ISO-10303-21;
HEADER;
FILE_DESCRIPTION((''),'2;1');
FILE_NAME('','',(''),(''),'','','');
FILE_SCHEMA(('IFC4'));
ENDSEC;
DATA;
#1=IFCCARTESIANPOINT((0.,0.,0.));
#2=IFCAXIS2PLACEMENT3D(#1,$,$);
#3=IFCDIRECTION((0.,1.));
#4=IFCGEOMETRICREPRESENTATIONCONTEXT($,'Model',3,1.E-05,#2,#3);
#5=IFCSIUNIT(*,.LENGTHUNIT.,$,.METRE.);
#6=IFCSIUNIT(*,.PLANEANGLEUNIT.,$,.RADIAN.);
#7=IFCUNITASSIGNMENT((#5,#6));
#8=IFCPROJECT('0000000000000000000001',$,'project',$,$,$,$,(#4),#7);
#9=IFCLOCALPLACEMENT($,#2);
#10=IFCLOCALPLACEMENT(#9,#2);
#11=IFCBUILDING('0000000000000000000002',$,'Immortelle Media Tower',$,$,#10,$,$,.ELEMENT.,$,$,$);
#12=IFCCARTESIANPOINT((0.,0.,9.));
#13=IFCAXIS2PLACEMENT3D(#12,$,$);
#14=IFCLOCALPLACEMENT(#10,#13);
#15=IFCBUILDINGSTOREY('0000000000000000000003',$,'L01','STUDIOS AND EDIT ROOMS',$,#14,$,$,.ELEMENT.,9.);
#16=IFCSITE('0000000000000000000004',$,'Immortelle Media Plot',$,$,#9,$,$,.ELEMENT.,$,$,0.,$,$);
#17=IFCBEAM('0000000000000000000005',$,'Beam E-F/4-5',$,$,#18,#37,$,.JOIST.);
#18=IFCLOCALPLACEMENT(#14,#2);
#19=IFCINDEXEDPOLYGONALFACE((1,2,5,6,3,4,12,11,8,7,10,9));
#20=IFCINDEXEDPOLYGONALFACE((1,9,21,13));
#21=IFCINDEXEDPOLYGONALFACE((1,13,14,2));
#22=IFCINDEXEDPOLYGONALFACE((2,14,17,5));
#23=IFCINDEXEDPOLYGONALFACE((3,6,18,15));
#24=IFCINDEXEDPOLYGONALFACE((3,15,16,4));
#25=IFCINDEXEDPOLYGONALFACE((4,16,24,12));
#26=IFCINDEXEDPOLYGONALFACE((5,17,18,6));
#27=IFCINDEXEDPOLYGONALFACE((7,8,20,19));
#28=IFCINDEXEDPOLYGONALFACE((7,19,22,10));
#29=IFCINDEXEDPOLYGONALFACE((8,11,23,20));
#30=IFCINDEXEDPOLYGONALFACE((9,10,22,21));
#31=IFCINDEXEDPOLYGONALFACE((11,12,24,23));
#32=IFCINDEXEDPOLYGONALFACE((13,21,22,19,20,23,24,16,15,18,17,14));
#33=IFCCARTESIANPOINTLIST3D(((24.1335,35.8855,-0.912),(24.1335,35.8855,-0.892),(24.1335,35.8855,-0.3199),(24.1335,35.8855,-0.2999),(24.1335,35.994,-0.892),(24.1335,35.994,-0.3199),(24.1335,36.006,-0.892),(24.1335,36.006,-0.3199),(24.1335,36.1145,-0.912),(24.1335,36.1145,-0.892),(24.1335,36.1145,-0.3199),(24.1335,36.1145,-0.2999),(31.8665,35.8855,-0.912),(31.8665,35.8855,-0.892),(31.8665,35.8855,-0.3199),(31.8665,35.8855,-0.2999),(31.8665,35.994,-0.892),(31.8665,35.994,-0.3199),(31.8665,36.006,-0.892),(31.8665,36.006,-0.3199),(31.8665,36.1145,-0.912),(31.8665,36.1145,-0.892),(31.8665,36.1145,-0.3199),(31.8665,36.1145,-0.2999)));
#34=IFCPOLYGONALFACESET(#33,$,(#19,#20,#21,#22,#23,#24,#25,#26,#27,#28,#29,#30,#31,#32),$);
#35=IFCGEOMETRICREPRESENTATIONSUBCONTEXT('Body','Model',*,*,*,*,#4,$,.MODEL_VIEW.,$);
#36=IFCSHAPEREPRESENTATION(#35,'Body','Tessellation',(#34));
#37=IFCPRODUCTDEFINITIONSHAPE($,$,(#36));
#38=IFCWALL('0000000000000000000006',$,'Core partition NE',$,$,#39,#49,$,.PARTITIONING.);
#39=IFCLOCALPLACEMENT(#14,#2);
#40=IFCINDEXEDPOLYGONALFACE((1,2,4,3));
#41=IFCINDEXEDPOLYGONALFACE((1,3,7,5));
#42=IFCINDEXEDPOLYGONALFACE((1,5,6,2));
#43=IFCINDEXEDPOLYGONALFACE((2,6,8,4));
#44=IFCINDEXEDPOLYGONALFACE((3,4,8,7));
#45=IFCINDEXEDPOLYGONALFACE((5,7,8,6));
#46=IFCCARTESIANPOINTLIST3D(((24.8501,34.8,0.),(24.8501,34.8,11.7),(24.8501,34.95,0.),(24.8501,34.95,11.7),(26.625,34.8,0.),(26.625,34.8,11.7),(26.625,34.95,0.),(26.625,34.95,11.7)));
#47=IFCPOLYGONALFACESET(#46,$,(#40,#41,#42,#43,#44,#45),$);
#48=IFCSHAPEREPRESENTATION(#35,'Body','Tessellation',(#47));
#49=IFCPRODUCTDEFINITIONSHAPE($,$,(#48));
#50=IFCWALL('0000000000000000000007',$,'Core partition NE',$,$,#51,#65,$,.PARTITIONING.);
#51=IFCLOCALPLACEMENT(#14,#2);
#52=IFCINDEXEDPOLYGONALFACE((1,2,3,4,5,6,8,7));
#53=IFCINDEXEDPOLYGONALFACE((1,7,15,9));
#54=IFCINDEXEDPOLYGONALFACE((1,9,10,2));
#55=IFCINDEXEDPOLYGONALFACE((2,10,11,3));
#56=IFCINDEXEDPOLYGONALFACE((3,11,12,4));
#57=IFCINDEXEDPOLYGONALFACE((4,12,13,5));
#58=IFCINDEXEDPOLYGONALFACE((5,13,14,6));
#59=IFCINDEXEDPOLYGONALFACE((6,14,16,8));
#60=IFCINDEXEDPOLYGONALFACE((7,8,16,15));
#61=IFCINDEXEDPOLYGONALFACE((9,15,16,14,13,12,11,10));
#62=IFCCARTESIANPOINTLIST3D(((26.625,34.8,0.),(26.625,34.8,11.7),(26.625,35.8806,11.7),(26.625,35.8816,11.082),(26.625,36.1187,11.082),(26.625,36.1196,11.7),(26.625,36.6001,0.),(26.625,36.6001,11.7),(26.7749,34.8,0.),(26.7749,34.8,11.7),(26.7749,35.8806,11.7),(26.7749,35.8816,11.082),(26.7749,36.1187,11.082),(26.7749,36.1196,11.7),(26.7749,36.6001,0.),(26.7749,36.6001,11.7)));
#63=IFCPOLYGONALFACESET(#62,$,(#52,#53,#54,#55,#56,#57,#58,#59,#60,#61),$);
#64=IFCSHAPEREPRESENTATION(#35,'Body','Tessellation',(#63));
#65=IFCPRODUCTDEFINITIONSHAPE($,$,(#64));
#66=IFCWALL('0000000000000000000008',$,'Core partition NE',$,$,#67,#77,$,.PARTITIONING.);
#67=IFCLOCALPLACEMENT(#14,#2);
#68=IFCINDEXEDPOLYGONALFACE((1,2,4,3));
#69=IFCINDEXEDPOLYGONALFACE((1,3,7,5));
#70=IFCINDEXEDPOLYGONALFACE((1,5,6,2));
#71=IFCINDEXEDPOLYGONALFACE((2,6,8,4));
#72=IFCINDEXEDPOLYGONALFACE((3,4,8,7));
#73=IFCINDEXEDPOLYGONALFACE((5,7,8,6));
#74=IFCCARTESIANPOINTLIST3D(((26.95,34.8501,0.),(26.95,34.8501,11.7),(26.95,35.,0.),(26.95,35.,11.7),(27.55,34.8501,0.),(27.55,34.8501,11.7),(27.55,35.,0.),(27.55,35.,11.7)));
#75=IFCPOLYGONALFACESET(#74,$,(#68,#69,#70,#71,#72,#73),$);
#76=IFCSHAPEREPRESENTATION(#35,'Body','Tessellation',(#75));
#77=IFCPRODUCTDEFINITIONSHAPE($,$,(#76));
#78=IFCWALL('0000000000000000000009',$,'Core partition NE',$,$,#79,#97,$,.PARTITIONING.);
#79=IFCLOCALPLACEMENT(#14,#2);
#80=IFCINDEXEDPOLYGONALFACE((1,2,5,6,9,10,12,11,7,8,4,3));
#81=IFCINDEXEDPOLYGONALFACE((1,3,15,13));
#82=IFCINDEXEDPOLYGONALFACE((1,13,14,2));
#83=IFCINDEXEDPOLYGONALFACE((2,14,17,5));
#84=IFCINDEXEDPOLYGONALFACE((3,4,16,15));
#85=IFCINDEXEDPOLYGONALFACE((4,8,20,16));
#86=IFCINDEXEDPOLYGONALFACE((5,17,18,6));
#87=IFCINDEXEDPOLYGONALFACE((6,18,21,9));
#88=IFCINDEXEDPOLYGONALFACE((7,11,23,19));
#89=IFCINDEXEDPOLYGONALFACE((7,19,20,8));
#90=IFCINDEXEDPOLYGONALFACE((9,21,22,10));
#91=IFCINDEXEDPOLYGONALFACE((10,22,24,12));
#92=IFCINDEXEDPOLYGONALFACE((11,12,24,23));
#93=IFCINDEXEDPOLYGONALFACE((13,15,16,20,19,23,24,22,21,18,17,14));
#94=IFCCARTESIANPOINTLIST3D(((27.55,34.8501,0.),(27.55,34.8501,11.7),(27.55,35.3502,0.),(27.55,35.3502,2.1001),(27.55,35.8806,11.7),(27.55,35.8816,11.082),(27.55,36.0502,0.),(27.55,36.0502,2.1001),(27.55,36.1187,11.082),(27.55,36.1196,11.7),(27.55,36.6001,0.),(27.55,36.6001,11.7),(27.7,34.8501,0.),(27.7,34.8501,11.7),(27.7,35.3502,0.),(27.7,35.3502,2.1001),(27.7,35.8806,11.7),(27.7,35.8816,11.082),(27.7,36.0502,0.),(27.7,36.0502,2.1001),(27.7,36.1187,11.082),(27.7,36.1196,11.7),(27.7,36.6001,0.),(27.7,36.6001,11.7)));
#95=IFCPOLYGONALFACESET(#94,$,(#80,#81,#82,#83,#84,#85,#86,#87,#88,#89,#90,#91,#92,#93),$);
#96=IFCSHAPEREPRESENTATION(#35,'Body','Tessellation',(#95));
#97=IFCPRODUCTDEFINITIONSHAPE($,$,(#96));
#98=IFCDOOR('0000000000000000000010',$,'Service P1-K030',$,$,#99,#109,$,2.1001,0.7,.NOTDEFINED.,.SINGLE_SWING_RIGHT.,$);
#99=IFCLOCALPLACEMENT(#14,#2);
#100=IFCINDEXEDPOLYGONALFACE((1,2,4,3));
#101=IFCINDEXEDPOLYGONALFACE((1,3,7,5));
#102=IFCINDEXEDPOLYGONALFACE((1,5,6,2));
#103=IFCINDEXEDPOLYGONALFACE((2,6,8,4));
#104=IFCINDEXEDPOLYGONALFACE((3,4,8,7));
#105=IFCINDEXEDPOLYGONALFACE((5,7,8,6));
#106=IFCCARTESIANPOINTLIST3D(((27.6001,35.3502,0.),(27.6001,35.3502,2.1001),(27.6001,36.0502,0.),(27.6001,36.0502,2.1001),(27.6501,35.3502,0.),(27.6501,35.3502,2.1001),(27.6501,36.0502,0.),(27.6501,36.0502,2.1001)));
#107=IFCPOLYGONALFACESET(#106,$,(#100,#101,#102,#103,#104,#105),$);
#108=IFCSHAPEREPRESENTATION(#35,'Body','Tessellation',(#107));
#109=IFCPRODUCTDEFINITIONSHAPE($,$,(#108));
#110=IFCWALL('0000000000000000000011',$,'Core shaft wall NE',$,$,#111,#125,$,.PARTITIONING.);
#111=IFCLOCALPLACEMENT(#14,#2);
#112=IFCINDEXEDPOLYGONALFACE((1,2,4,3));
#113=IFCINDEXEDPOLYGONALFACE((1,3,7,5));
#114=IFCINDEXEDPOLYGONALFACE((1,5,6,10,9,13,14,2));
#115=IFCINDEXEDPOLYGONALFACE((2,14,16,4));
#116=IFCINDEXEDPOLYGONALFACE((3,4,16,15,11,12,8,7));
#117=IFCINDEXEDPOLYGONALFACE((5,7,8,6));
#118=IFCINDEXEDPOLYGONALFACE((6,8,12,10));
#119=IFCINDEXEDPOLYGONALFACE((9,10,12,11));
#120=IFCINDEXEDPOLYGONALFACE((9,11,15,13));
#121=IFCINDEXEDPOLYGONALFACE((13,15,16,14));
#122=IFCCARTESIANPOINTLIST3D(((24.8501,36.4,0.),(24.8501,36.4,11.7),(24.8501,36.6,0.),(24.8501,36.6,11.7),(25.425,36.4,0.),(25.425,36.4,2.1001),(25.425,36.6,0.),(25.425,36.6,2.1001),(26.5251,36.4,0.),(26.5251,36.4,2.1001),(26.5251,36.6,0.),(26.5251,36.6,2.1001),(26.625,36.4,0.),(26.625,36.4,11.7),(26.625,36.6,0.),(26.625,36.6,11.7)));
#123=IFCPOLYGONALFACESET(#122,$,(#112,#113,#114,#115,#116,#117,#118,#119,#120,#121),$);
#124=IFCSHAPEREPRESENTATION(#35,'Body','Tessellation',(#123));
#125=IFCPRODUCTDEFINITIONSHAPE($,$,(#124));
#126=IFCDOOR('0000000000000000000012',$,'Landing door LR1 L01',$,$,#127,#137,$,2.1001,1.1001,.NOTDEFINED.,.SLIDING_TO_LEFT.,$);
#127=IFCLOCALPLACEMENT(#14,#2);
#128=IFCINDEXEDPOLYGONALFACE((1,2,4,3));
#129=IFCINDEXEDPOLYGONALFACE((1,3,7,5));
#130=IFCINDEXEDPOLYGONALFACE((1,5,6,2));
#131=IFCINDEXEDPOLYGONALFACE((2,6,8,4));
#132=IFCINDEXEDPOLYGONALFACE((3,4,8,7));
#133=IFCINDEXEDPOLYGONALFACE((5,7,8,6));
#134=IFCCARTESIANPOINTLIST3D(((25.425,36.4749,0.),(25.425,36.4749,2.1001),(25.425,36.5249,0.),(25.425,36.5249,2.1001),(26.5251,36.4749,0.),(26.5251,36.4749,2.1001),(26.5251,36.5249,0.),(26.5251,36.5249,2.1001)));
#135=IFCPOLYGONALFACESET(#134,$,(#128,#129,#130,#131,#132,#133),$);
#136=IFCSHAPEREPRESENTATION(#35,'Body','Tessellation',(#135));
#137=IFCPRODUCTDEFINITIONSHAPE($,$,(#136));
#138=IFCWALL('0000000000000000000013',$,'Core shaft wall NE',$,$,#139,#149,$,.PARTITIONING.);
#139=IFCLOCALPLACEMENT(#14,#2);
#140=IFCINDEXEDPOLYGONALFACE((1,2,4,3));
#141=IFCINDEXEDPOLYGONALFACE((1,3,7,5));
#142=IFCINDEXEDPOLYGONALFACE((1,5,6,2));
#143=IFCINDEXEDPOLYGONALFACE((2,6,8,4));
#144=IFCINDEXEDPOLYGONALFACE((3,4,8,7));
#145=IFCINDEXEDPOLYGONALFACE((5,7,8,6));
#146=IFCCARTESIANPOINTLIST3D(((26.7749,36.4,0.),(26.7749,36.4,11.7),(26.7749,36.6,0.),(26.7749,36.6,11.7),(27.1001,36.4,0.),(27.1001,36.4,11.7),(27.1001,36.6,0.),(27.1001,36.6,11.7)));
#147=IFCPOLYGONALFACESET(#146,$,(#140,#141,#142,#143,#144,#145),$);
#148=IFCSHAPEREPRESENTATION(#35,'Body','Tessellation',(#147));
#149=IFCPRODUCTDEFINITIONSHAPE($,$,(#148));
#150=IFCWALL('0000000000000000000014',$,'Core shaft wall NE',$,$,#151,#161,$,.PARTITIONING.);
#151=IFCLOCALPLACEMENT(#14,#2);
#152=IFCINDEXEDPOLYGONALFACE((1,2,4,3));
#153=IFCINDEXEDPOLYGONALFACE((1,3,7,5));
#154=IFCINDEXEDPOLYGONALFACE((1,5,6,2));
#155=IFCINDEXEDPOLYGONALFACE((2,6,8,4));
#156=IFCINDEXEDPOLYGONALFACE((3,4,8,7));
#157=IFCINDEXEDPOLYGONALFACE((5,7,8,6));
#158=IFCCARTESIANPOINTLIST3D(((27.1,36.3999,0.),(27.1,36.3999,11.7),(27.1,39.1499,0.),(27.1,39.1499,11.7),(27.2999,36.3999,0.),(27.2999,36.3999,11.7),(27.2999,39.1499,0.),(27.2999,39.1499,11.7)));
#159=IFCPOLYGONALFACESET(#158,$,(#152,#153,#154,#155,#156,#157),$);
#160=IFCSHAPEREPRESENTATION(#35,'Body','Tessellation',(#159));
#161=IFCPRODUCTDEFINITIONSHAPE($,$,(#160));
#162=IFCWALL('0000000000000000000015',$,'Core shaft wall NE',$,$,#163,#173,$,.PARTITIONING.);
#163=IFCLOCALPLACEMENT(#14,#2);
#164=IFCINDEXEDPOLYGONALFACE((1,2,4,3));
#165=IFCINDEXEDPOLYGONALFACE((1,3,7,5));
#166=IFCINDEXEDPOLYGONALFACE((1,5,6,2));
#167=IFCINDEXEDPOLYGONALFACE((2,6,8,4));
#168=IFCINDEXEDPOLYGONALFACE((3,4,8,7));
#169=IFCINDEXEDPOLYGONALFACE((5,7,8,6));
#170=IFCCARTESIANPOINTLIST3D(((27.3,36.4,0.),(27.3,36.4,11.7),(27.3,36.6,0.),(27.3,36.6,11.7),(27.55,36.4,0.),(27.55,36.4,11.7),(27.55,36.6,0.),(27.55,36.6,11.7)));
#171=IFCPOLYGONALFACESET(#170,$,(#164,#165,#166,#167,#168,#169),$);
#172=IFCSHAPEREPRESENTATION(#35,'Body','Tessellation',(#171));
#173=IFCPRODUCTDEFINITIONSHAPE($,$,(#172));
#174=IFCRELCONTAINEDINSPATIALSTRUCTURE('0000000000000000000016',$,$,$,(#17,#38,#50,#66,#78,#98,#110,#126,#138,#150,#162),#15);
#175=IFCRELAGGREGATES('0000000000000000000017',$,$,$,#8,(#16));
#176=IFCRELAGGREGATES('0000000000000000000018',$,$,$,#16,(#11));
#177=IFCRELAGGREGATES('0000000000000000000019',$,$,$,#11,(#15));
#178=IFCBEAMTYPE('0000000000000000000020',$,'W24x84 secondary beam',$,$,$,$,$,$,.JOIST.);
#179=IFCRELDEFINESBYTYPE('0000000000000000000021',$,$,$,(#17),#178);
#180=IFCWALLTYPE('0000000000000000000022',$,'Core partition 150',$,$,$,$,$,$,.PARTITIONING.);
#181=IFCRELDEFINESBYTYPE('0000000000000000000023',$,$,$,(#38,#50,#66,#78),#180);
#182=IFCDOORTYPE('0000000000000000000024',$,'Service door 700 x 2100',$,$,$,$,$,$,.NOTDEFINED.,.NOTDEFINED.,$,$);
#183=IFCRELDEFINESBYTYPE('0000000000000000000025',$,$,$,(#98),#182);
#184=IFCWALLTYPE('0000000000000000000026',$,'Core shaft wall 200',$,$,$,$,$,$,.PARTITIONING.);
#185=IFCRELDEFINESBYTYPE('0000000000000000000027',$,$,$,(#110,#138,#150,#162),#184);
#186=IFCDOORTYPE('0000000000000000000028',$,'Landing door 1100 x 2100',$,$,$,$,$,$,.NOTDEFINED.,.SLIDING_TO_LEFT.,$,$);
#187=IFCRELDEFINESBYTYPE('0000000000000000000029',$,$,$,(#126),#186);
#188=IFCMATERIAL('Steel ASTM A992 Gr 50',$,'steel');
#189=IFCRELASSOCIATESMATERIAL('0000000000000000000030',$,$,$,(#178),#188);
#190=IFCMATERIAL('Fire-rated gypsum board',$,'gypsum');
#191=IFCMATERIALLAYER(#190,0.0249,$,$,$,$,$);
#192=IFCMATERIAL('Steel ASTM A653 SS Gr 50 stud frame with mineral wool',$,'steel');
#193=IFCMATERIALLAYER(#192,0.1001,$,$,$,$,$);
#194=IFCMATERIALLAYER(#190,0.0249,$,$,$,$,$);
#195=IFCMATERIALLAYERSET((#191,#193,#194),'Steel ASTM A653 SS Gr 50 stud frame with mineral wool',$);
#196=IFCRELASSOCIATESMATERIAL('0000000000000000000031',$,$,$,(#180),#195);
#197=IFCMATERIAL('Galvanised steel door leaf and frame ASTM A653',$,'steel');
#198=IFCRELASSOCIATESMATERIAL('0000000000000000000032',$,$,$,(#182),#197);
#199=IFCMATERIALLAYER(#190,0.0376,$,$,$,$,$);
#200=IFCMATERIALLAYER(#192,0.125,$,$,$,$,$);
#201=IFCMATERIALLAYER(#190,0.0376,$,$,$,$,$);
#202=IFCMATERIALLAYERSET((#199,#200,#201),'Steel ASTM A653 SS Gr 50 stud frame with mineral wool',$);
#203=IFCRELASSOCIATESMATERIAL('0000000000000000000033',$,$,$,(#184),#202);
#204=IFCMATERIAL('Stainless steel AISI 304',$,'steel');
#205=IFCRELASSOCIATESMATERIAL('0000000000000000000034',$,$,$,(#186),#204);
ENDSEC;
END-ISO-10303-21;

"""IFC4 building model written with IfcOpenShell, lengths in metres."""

from ifc_helpers import new_model, si_unit, direction, frame, frame_2d, origin, origin_2d, place, context, subcontext, project, spatial, polyline, rectangle, i_section, outline, extrude, material, layer, layer_set, material_profile, profile_set, type_object, element, fill, save


model = new_model("IFC4")

# Units and contexts
model_context = context("Model", 3, precision=1e-05, world=origin(), true_north=direction((0.0, 1.0)))
body_context = subcontext(model_context, "Body", "Model", "MODEL_VIEW")
ifc_project = project(units=[si_unit("LENGTHUNIT", "METRE"), si_unit("PLANEANGLEUNIT", "RADIAN")], contexts=[model_context])

# Site, building, storey
site_placement = place(None, origin())
site = spatial("IfcSite", under=ifc_project, at=site_placement, Name="Immortelle Media Plot", CompositionType="ELEMENT", RefElevation=0.0)
building_placement = place(site_placement, origin())
building = spatial("IfcBuilding", under=site, at=building_placement, Name="Immortelle Media Tower", CompositionType="ELEMENT")
storey_placement = place(building_placement, frame((0.0, 0.0, 9.0)))
storey = spatial("IfcBuildingStorey", under=building, at=storey_placement, Name="L01", Description="STUDIOS AND EDIT ROOMS", CompositionType="ELEMENT", Elevation=9.0)

# Beam
ifc_material_1 = material(Name="Steel ASTM A992 Gr 50", Category="steel")
ifc_material_profile = material_profile(ifc_material_1, i_section(OverallWidth=0.229, OverallDepth=0.6121, WebThickness=0.012, FlangeThickness=0.02, at=origin_2d()), Name="W24x84")
ifc_profile_set = profile_set([ifc_material_profile], Name="Steel ASTM A992 Gr 50")
beam_type = type_object("IfcBeamType", Name="W24x84 secondary beam", PredefinedType="JOIST", material=ifc_profile_set)
beam_placement = place(storey_placement, frame((24.1335, 36.0, -0.606), z_axis=(1.0, 0.0, 0.0), x_axis=(0.0, 1.0, 0.0)))
element("IfcBeam", 1, at=beam_placement, inside=storey, type_object=beam_type, Name="Beam E-F/4-5", PredefinedType="JOIST", context=body_context, shape_type="SweptSolid", body=[
    extrude(i_section(OverallWidth=0.229, OverallDepth=0.6121, WebThickness=0.012, FlangeThickness=0.02, at=origin_2d()), origin(), (0.0, 0.0, 1.0), 7.7329),
])

# Walls
ifc_material_2 = material(Name="Fire-rated gypsum board", Category="gypsum")
ifc_layer_1 = layer(ifc_material_2, 0.0249)
ifc_material_3 = material(Name="Steel ASTM A653 SS Gr 50 stud frame with mineral wool", Category="steel")
ifc_layer_2 = layer(ifc_material_3, 0.1001)
ifc_layer_3 = layer(ifc_material_2, 0.0249)
ifc_layer_set_1 = layer_set([ifc_layer_1, ifc_layer_2, ifc_layer_3], Name="Steel ASTM A653 SS Gr 50 stud frame with mineral wool")
wall_type_1 = type_object("IfcWallType", Name="Core partition 150", PredefinedType="PARTITIONING", material=ifc_layer_set_1)
wall_1_placement = place(storey_placement, frame((24.8501, 34.875, 0.0), z_axis=(0.0, 0.0, 1.0), x_axis=(1.0, 0.0, 0.0)))
element("IfcWall", 2, at=wall_1_placement, inside=storey, type_object=wall_type_1, Name="Core partition NE", PredefinedType="PARTITIONING", context=body_context, shape_type="SweptSolid", body=[
    extrude(rectangle(XDim=1.7749, YDim=0.1499, at=frame_2d((0.8875, 0.0))), origin(), (0.0, 0.0, 1.0), 11.7),
])
wall_2_placement = place(storey_placement, frame((26.7, 34.8, 0.0), z_axis=(0.0, 0.0, 1.0), x_axis=(0.0, 1.0, 0.0)))
element("IfcWall", 3, at=wall_2_placement, inside=storey, type_object=wall_type_1, Name="Core partition NE", PredefinedType="PARTITIONING", context=body_context, shape_type="SweptSolid", body=[
    extrude(outline(polyline([(0.0, 0.0), (1.8, 0.0), (1.8, 11.7), (1.3196, 11.7), (1.3186, 11.082), (1.0815, 11.082), (1.0806, 11.7), (0.0, 11.7), (0.0, 0.0)])), frame((0.0, 0.075, 0.0), z_axis=(0.0, -1.0, 0.0), x_axis=(1.0, 0.0, 0.0)), (0.0, 0.0, 1.0), 0.1499),
])
wall_3_placement = place(storey_placement, frame((26.95, 34.925, 0.0), z_axis=(0.0, 0.0, 1.0), x_axis=(1.0, 0.0, 0.0)))
element("IfcWall", 4, at=wall_3_placement, inside=storey, type_object=wall_type_1, Name="Core partition NE", PredefinedType="PARTITIONING", context=body_context, shape_type="SweptSolid", body=[
    extrude(rectangle(XDim=0.6001, YDim=0.1499, at=frame_2d((0.3, 0.0))), origin(), (0.0, 0.0, 1.0), 11.7),
])

# Walls, openings, doors
wall_4_placement = place(storey_placement, frame((27.625, 34.8501, 0.0), z_axis=(0.0, 0.0, 1.0), x_axis=(0.0, 1.0, 0.0)))
wall_4 = element("IfcWall", 5, at=wall_4_placement, inside=storey, type_object=wall_type_1, Name="Core partition NE", PredefinedType="PARTITIONING", context=body_context, shape_type="SweptSolid", body=[
    extrude(outline(polyline([(0.0, 0.0), (1.75, 0.0), (1.75, 11.7), (1.2695, 11.7), (1.2686, 11.082), (1.0315, 11.082), (1.0305, 11.7), (0.0, 11.7), (0.0, 0.0)])), frame((0.0, 0.075, 0.0), z_axis=(0.0, -1.0, 0.0), x_axis=(1.0, 0.0, 0.0)), (0.0, 0.0, 1.0), 0.1499),
])
opening_1_placement = place(wall_4_placement, frame((0.5, 0.0, 0.0)))
opening_1 = element("IfcOpeningElement", 6, at=opening_1_placement, cuts=wall_4, PredefinedType="OPENING", context=body_context, shape_type="SweptSolid", body=[
    extrude(rectangle(XDim=0.7, YDim=2.1001, at=frame_2d((0.3501, 1.05))), frame((0.0, 0.085, 0.0), z_axis=(0.0, -1.0, 0.0), x_axis=(1.0, 0.0, 0.0)), (0.0, 0.0, 1.0), 0.1699),
])
ifc_material_4 = material(Name="Galvanised steel door leaf and frame ASTM A653", Category="steel")
door_type_1 = type_object("IfcDoorType", Name="Service door 700 x 2100", OperationType="NOTDEFINED", PredefinedType="NOTDEFINED", material=ifc_material_4)
door_1_placement = place(opening_1_placement, origin())
door_1 = element("IfcDoor", 7, at=door_1_placement, inside=storey, type_object=door_type_1, Name="Service P1-K030", OperationType="SINGLE_SWING_RIGHT", OverallHeight=2.1001, OverallWidth=0.7, PredefinedType="NOTDEFINED", context=body_context, shape_type="SweptSolid", body=[
    extrude(rectangle(XDim=0.7, YDim=2.1001, at=frame_2d((0.3501, 1.05))), frame((0.0, 0.0249, 0.0), z_axis=(0.0, -1.0, 0.0), x_axis=(1.0, 0.0, 0.0)), (0.0, 0.0, 1.0), 0.05),
])
fill(opening_1, door_1)
ifc_layer_4 = layer(ifc_material_2, 0.0376)
ifc_layer_5 = layer(ifc_material_3, 0.125)
ifc_layer_6 = layer(ifc_material_2, 0.0376)
ifc_layer_set_2 = layer_set([ifc_layer_4, ifc_layer_5, ifc_layer_6], Name="Steel ASTM A653 SS Gr 50 stud frame with mineral wool")
wall_type_2 = type_object("IfcWallType", Name="Core shaft wall 200", PredefinedType="PARTITIONING", material=ifc_layer_set_2)
wall_5_placement = place(storey_placement, frame((24.8501, 36.5, 0.0), z_axis=(0.0, 0.0, 1.0), x_axis=(1.0, 0.0, 0.0)))
wall_5 = element("IfcWall", 8, at=wall_5_placement, inside=storey, type_object=wall_type_2, Name="Core shaft wall NE", PredefinedType="PARTITIONING", context=body_context, shape_type="SweptSolid", body=[
    extrude(rectangle(XDim=1.7749, YDim=0.2, at=frame_2d((0.8875, 0.0))), origin(), (0.0, 0.0, 1.0), 11.7),
])
opening_2_placement = place(wall_5_placement, frame((0.575, 0.0, 0.0)))
opening_2 = element("IfcOpeningElement", 9, at=opening_2_placement, cuts=wall_5, PredefinedType="OPENING", context=body_context, shape_type="SweptSolid", body=[
    extrude(rectangle(XDim=1.1001, YDim=2.1001, at=frame_2d((0.55, 1.05))), frame((0.0, 0.1099, 0.0), z_axis=(0.0, -1.0, 0.0), x_axis=(1.0, 0.0, 0.0)), (0.0, 0.0, 1.0), 0.22),
])
ifc_material_5 = material(Name="Stainless steel AISI 304", Category="steel")
door_type_2 = type_object("IfcDoorType", Name="Landing door 1100 x 2100", OperationType="SLIDING_TO_LEFT", PredefinedType="NOTDEFINED", material=ifc_material_5)
door_2_placement = place(opening_2_placement, origin())
door_2 = element("IfcDoor", 10, at=door_2_placement, inside=storey, type_object=door_type_2, Name="Landing door LR1 L01", OperationType="SLIDING_TO_LEFT", OverallHeight=2.1001, OverallWidth=1.1001, PredefinedType="NOTDEFINED", context=body_context, shape_type="SweptSolid", body=[
    extrude(rectangle(XDim=1.1001, YDim=2.1001, at=frame_2d((0.55, 1.05))), frame((0.0, 0.0249, 0.0), z_axis=(0.0, -1.0, 0.0), x_axis=(1.0, 0.0, 0.0)), (0.0, 0.0, 1.0), 0.05),
])
fill(opening_2, door_2)

# Walls
wall_6_placement = place(storey_placement, frame((26.7749, 36.5, 0.0), z_axis=(0.0, 0.0, 1.0), x_axis=(1.0, 0.0, 0.0)))
element("IfcWall", 11, at=wall_6_placement, inside=storey, type_object=wall_type_2, Name="Core shaft wall NE", PredefinedType="PARTITIONING", context=body_context, shape_type="SweptSolid", body=[
    extrude(rectangle(XDim=0.3252, YDim=0.2, at=frame_2d((0.1626, 0.0))), origin(), (0.0, 0.0, 1.0), 11.7),
])
wall_7_placement = place(storey_placement, frame((27.2, 36.3999, 0.0), z_axis=(0.0, 0.0, 1.0), x_axis=(0.0, 1.0, 0.0)))
element("IfcWall", 12, at=wall_7_placement, inside=storey, type_object=wall_type_2, Name="Core shaft wall NE", PredefinedType="PARTITIONING", context=body_context, shape_type="SweptSolid", body=[
    extrude(rectangle(XDim=2.75, YDim=0.2, at=frame_2d((1.375, 0.0))), origin(), (0.0, 0.0, 1.0), 11.7),
])
wall_8_placement = place(storey_placement, frame((27.3, 36.5, 0.0), z_axis=(0.0, 0.0, 1.0), x_axis=(1.0, 0.0, 0.0)))
element("IfcWall", 13, at=wall_8_placement, inside=storey, type_object=wall_type_2, Name="Core shaft wall NE", PredefinedType="PARTITIONING", context=body_context, shape_type="SweptSolid", body=[
    extrude(rectangle(XDim=0.25, YDim=0.2, at=frame_2d((0.125, 0.0))), origin(), (0.0, 0.0, 1.0), 11.7),
])

save(model, "model.ifc")
